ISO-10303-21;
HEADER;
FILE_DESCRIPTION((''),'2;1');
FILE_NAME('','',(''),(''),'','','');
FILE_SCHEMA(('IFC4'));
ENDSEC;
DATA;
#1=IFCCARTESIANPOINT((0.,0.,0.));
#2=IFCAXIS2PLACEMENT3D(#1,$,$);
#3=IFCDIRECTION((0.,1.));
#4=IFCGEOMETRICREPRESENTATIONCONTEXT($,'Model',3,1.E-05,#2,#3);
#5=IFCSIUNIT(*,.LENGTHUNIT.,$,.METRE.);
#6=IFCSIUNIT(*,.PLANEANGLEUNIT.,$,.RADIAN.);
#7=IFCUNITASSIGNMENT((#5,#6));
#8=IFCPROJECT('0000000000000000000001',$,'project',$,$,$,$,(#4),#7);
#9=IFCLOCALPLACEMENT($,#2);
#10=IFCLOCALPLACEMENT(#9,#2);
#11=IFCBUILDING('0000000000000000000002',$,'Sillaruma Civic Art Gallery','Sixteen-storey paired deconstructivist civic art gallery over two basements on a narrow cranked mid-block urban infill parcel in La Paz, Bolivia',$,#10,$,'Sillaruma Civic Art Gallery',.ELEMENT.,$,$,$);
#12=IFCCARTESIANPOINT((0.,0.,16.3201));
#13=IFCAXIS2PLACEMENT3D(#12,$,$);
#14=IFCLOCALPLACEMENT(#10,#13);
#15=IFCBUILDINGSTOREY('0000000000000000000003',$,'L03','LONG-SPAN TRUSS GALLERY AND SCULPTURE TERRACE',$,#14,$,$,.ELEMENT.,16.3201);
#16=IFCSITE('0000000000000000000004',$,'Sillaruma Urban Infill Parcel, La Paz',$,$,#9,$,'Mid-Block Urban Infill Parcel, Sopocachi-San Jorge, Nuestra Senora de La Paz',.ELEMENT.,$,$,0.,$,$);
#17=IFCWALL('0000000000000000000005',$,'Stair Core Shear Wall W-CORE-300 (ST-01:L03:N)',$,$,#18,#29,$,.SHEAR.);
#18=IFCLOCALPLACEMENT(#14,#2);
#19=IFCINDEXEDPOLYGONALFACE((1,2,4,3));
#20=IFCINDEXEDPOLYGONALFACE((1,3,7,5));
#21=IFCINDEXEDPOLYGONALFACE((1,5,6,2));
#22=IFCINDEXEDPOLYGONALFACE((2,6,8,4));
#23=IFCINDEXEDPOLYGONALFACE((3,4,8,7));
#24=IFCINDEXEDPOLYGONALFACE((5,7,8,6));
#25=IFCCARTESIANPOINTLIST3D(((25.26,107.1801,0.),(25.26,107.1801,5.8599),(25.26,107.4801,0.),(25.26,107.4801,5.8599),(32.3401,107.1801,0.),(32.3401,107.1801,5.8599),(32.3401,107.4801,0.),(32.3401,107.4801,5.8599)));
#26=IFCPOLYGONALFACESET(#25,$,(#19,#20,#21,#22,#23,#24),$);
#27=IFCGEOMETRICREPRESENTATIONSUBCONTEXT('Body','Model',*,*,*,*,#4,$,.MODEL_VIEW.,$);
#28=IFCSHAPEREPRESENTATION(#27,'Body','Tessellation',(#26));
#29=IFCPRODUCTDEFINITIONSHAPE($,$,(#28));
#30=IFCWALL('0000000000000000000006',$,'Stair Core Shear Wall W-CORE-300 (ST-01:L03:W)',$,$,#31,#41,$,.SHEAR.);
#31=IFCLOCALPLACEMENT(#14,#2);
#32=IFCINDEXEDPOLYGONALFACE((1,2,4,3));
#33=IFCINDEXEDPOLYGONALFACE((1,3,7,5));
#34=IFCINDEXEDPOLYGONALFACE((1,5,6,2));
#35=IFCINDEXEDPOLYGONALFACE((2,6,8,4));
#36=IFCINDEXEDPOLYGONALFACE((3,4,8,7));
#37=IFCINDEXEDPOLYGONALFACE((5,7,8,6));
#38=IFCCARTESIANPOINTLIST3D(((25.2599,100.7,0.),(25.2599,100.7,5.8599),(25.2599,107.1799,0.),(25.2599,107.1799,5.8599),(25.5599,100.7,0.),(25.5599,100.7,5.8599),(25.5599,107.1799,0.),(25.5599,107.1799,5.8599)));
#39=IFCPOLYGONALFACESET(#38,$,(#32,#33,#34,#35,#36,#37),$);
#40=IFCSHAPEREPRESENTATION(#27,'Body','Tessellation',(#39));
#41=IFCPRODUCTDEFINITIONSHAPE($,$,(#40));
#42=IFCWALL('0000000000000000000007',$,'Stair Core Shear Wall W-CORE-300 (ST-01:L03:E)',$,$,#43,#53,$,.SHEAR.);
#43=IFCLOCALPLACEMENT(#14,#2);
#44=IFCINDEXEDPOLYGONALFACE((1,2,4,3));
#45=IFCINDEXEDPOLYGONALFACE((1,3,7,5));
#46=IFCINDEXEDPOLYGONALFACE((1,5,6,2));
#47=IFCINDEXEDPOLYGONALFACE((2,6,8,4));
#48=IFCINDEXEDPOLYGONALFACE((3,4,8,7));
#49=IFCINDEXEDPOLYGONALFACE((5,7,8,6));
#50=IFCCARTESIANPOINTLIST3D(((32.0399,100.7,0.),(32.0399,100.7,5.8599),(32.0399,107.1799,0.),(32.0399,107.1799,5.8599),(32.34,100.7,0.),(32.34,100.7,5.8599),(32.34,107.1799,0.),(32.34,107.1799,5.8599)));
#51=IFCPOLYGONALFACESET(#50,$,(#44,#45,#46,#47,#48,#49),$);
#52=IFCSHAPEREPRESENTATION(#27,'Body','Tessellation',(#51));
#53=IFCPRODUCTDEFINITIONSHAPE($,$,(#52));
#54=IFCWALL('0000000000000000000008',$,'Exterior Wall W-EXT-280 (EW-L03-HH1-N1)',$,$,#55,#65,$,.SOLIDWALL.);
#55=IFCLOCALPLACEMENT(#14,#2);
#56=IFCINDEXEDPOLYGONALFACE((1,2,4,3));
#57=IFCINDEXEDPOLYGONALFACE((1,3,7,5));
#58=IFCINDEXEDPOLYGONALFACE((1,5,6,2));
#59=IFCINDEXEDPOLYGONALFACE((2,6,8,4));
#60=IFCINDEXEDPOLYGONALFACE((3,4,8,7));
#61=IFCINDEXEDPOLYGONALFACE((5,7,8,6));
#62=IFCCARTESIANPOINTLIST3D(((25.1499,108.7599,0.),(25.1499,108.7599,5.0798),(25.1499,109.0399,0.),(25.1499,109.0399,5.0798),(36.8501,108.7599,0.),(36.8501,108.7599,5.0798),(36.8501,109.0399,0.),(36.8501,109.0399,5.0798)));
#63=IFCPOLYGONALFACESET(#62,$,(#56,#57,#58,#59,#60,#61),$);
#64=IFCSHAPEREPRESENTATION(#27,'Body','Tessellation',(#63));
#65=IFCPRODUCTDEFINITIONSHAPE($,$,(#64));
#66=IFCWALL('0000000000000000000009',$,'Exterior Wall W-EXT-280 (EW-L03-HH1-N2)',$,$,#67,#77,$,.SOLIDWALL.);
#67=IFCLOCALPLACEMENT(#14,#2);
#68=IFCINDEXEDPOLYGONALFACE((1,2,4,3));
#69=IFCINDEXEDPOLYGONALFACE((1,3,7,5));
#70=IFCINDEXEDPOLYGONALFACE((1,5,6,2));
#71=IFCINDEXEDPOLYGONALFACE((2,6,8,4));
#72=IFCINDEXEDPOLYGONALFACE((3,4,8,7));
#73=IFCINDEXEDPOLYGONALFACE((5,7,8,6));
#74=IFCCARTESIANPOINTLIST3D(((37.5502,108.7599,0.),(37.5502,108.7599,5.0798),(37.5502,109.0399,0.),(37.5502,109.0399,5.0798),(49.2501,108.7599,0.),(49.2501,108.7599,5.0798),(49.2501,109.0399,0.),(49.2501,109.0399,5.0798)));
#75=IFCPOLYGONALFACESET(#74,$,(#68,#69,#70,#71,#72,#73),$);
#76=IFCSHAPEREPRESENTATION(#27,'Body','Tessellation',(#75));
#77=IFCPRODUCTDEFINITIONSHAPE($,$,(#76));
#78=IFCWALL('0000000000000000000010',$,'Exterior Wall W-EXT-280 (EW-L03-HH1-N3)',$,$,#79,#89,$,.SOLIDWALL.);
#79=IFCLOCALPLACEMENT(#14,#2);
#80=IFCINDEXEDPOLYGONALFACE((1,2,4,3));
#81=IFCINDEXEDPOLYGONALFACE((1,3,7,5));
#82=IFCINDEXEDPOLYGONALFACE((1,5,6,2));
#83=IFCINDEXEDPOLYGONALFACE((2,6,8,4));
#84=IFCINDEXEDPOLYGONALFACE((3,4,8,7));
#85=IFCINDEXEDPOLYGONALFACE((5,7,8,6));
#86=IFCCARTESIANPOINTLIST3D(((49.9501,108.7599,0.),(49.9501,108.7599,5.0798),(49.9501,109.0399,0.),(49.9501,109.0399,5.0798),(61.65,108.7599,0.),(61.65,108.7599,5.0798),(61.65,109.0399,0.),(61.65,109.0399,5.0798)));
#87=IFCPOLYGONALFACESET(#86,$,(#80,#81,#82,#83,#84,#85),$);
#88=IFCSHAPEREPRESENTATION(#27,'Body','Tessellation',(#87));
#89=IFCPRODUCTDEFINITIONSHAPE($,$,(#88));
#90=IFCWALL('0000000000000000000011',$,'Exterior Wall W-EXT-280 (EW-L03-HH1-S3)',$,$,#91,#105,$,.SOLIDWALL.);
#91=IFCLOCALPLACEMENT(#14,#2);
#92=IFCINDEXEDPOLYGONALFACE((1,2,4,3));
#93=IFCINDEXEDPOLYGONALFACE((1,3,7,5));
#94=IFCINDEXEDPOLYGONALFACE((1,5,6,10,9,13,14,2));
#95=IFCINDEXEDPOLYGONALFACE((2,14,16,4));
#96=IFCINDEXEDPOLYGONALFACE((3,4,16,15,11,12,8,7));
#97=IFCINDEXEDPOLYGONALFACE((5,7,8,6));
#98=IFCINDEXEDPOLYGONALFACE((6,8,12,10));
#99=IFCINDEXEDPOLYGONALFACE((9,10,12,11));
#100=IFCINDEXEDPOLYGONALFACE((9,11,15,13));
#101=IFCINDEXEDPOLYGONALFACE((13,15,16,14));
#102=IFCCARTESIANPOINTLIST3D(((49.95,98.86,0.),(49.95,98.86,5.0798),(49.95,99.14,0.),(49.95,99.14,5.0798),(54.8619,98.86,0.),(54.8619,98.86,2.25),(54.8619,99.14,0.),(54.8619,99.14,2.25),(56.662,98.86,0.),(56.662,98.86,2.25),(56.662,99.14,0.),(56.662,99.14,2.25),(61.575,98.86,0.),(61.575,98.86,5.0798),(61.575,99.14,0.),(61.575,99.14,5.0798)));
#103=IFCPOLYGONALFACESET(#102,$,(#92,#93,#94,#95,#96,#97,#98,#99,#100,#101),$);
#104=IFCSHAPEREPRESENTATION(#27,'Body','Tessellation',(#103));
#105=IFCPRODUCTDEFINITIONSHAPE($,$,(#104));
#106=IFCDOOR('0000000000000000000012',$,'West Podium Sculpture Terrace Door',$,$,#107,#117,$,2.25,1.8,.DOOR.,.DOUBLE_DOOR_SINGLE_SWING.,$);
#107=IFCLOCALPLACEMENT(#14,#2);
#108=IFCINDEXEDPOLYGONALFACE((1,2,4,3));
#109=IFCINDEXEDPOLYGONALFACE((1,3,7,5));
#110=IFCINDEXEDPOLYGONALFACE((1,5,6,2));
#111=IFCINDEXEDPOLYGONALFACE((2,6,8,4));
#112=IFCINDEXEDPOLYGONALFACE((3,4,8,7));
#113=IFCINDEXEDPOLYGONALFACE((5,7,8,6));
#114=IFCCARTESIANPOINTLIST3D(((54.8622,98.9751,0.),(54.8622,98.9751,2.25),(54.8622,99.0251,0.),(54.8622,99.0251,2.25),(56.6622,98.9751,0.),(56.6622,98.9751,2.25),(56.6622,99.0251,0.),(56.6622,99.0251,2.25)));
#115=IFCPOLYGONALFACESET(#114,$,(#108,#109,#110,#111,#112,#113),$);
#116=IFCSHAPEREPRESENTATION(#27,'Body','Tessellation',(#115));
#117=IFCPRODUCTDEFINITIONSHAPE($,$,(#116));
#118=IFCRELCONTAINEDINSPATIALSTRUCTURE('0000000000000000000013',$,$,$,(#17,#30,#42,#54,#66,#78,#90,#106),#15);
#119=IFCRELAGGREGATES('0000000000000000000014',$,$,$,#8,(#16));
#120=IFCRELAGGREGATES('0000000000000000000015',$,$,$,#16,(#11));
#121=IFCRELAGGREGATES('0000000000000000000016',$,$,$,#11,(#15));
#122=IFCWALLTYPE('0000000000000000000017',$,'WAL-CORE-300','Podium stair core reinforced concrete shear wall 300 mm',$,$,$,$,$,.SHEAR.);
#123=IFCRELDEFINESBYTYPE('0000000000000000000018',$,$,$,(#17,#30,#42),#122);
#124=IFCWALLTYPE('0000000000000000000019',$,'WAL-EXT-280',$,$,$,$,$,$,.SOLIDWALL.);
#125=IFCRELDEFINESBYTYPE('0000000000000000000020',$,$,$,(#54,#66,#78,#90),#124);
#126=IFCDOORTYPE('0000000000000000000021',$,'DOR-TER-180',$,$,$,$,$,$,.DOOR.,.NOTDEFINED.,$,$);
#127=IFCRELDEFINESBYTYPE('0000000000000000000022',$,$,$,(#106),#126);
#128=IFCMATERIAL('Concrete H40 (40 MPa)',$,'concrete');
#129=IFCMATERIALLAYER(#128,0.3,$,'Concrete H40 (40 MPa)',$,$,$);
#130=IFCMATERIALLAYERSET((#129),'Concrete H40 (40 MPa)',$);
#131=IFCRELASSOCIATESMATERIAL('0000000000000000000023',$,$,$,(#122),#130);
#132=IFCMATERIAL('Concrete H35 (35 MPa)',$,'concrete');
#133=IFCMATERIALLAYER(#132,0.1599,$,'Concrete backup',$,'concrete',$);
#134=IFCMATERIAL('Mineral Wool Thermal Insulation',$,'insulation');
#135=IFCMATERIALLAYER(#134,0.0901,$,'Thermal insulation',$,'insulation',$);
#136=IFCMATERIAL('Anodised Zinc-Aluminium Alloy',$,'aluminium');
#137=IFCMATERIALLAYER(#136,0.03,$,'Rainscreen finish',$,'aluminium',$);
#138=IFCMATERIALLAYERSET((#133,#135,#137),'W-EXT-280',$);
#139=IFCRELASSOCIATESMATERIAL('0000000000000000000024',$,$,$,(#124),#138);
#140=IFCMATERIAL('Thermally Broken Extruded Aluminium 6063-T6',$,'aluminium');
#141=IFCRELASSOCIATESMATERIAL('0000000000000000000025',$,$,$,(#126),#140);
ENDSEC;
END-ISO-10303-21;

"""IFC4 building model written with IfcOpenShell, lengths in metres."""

from ifc_helpers import new_model, si_unit, direction, frame, frame_2d, origin, place, context, subcontext, project, spatial, rectangle, extrude, material, layer, layer_set, type_object, element, fill, save


model = new_model("IFC4")

# Units and contexts
model_context = context("Model", 3, precision=1e-05, world=origin(), true_north=direction((0.0, 1.0)))
body_context = subcontext(model_context, "Body", "Model", "MODEL_VIEW")
ifc_project = project(units=[si_unit("LENGTHUNIT", "METRE"), si_unit("PLANEANGLEUNIT", "RADIAN")], contexts=[model_context])

# Site, building, storey
site_placement = place(None, origin())
site = spatial("IfcSite", under=ifc_project, at=site_placement, Name="Sillaruma Urban Infill Parcel, La Paz", LongName="Mid-Block Urban Infill Parcel, Sopocachi-San Jorge, Nuestra Senora de La Paz", CompositionType="ELEMENT", RefElevation=0.0)
building_placement = place(site_placement, origin())
building = spatial("IfcBuilding", under=site, at=building_placement, Name="Sillaruma Civic Art Gallery", Description="Sixteen-storey paired deconstructivist civic art gallery over two basements on a narrow cranked mid-block urban infill parcel in La Paz, Bolivia", LongName="Sillaruma Civic Art Gallery", CompositionType="ELEMENT")
storey_placement = place(building_placement, frame((0.0, 0.0, 16.3201)))
storey = spatial("IfcBuildingStorey", under=building, at=storey_placement, Name="L03", Description="LONG-SPAN TRUSS GALLERY AND SCULPTURE TERRACE", CompositionType="ELEMENT", Elevation=16.3201)

# Shared definitions
ifc_material_1 = material(Name="Concrete H40 (40 MPa)", Category="concrete")

# Shared definitions
ifc_material_2 = material(Name="Concrete H35 (35 MPa)", Category="concrete")

# Shared definitions
ifc_layer_1 = layer(ifc_material_1, 0.3, Name="Concrete H40 (40 MPa)")
ifc_layer_set_1 = layer_set([ifc_layer_1], Name="Concrete H40 (40 MPa)")
wall_type_1 = type_object("IfcWallType", Name="WAL-CORE-300", Description="Podium stair core reinforced concrete shear wall 300 mm", PredefinedType="SHEAR", material=ifc_layer_set_1)

# Walls
wall_1_placement = place(storey_placement, frame((25.26, 107.3301, 0.0), z_axis=(0.0, 0.0, 1.0), x_axis=(1.0, 0.0, 0.0)))
element("IfcWall", 1, at=wall_1_placement, inside=storey, type_object=wall_type_1, Name="Stair Core Shear Wall W-CORE-300 (ST-01:L03:N)", PredefinedType="SHEAR", context=body_context, shape_type="SweptSolid", body=[
    extrude(rectangle(XDim=7.0801, YDim=0.3, at=frame_2d((3.54, 0.0))), origin(), (0.0, 0.0, 1.0), 5.8599),
])
for number, where, z_axis, x_axis, name in (
    (2, (25.4099, 100.7, 0.0), (0.0, 0.0, 1.0), (0.0, 1.0, 0.0), "Stair Core Shear Wall W-CORE-300 (ST-01:L03:W)"),
    (3, (32.1899, 100.7, 0.0), (0.0, 0.0, 1.0), (0.0, 1.0, 0.0), "Stair Core Shear Wall W-CORE-300 (ST-01:L03:E)"),
):
    element("IfcWall", number, at=place(storey_placement, frame(where, z_axis=z_axis, x_axis=x_axis)), inside=storey, type_object=wall_type_1, Name=name, PredefinedType="SHEAR", context=body_context, shape_type="SweptSolid", body=[
        extrude(rectangle(XDim=6.48, YDim=0.3, at=frame_2d((3.24, 0.0))), origin(), (0.0, 0.0, 1.0), 5.8599),
    ])
ifc_layer_2 = layer(ifc_material_2, 0.1599, Name="Concrete backup", Category="concrete")
ifc_material_3 = material(Name="Mineral Wool Thermal Insulation", Category="insulation")
ifc_layer_3 = layer(ifc_material_3, 0.0901, Name="Thermal insulation", Category="insulation")
ifc_material_4 = material(Name="Anodised Zinc-Aluminium Alloy", Category="aluminium")
ifc_layer_4 = layer(ifc_material_4, 0.03, Name="Rainscreen finish", Category="aluminium")
ifc_layer_set_2 = layer_set([ifc_layer_2, ifc_layer_3, ifc_layer_4], Name="W-EXT-280")
wall_type_2 = type_object("IfcWallType", Name="WAL-EXT-280", PredefinedType="SOLIDWALL", material=ifc_layer_set_2)
wall_2_placement = place(storey_placement, frame((25.1499, 108.8999, 0.0), z_axis=(0.0, 0.0, 1.0), x_axis=(1.0, 0.0, 0.0)))
element("IfcWall", 4, at=wall_2_placement, inside=storey, type_object=wall_type_2, Name="Exterior Wall W-EXT-280 (EW-L03-HH1-N1)", PredefinedType="SOLIDWALL", context=body_context, shape_type="SweptSolid", body=[
    extrude(rectangle(XDim=11.7002, YDim=0.28, at=frame_2d((5.8501, 0.0))), origin(), (0.0, 0.0, 1.0), 5.0798),
])
for number, where, z_axis, x_axis, name in (
    (5, (37.55, 108.8999, 0.0), (0.0, 0.0, 1.0), (1.0, 0.0, 0.0), "Exterior Wall W-EXT-280 (EW-L03-HH1-N2)"),
    (6, (49.95, 108.8999, 0.0), (0.0, 0.0, 1.0), (1.0, 0.0, 0.0), "Exterior Wall W-EXT-280 (EW-L03-HH1-N3)"),
):
    element("IfcWall", number, at=place(storey_placement, frame(where, z_axis=z_axis, x_axis=x_axis)), inside=storey, type_object=wall_type_2, Name=name, PredefinedType="SOLIDWALL", context=body_context, shape_type="SweptSolid", body=[
        extrude(rectangle(XDim=11.7, YDim=0.28, at=frame_2d((5.8501, 0.0))), origin(), (0.0, 0.0, 1.0), 5.0798),
    ])

# Wall, opening, door
wall_3_placement = place(storey_placement, frame((49.95, 99.0, 0.0), z_axis=(0.0, 0.0, 1.0), x_axis=(1.0, 0.0, 0.0)))
wall_3 = element("IfcWall", 7, at=wall_3_placement, inside=storey, type_object=wall_type_2, Name="Exterior Wall W-EXT-280 (EW-L03-HH1-S3)", PredefinedType="SOLIDWALL", context=body_context, shape_type="SweptSolid", body=[
    extrude(rectangle(XDim=11.625, YDim=0.28, at=frame_2d((5.8125, 0.0))), origin(), (0.0, 0.0, 1.0), 5.0798),
])
opening_1_placement = place(wall_3_placement, frame((4.9121, 0.0, 0.0)))
opening_1 = element("IfcOpeningElement", 8, at=opening_1_placement, cuts=wall_3, PredefinedType="OPENING", context=body_context, shape_type="SweptSolid", body=[
    extrude(rectangle(XDim=1.8, YDim=2.25, at=frame_2d((0.8999, 1.125))), frame((0.0, 0.1499, 0.0), z_axis=(0.0, -1.0, 0.0), x_axis=(1.0, 0.0, 0.0)), (0.0, 0.0, 1.0), 0.3),
])
ifc_material_5 = material(Name="Thermally Broken Extruded Aluminium 6063-T6", Category="aluminium")
door_type_1 = type_object("IfcDoorType", Name="DOR-TER-180", OperationType="NOTDEFINED", PredefinedType="DOOR", material=ifc_material_5)
door_1_placement = place(opening_1_placement, frame((1.8, 0.0, 0.0), z_axis=(0.0, 0.0, 1.0), x_axis=(-1.0, 0.0, 0.0)))
door_1 = element("IfcDoor", 9, at=door_1_placement, inside=storey, type_object=door_type_1, Name="West Podium Sculpture Terrace Door", OperationType="DOUBLE_DOOR_SINGLE_SWING", OverallHeight=2.25, OverallWidth=1.8, PredefinedType="DOOR", context=body_context, shape_type="SweptSolid", body=[
    extrude(rectangle(XDim=1.8, YDim=2.25, at=frame_2d((0.8999, 1.125))), frame((0.0, 0.0249, 0.0), z_axis=(0.0, -1.0, 0.0), x_axis=(1.0, 0.0, 0.0)), (0.0, 0.0, 1.0), 0.05),
])
fill(opening_1, door_1)

save(model, "model.ifc")
